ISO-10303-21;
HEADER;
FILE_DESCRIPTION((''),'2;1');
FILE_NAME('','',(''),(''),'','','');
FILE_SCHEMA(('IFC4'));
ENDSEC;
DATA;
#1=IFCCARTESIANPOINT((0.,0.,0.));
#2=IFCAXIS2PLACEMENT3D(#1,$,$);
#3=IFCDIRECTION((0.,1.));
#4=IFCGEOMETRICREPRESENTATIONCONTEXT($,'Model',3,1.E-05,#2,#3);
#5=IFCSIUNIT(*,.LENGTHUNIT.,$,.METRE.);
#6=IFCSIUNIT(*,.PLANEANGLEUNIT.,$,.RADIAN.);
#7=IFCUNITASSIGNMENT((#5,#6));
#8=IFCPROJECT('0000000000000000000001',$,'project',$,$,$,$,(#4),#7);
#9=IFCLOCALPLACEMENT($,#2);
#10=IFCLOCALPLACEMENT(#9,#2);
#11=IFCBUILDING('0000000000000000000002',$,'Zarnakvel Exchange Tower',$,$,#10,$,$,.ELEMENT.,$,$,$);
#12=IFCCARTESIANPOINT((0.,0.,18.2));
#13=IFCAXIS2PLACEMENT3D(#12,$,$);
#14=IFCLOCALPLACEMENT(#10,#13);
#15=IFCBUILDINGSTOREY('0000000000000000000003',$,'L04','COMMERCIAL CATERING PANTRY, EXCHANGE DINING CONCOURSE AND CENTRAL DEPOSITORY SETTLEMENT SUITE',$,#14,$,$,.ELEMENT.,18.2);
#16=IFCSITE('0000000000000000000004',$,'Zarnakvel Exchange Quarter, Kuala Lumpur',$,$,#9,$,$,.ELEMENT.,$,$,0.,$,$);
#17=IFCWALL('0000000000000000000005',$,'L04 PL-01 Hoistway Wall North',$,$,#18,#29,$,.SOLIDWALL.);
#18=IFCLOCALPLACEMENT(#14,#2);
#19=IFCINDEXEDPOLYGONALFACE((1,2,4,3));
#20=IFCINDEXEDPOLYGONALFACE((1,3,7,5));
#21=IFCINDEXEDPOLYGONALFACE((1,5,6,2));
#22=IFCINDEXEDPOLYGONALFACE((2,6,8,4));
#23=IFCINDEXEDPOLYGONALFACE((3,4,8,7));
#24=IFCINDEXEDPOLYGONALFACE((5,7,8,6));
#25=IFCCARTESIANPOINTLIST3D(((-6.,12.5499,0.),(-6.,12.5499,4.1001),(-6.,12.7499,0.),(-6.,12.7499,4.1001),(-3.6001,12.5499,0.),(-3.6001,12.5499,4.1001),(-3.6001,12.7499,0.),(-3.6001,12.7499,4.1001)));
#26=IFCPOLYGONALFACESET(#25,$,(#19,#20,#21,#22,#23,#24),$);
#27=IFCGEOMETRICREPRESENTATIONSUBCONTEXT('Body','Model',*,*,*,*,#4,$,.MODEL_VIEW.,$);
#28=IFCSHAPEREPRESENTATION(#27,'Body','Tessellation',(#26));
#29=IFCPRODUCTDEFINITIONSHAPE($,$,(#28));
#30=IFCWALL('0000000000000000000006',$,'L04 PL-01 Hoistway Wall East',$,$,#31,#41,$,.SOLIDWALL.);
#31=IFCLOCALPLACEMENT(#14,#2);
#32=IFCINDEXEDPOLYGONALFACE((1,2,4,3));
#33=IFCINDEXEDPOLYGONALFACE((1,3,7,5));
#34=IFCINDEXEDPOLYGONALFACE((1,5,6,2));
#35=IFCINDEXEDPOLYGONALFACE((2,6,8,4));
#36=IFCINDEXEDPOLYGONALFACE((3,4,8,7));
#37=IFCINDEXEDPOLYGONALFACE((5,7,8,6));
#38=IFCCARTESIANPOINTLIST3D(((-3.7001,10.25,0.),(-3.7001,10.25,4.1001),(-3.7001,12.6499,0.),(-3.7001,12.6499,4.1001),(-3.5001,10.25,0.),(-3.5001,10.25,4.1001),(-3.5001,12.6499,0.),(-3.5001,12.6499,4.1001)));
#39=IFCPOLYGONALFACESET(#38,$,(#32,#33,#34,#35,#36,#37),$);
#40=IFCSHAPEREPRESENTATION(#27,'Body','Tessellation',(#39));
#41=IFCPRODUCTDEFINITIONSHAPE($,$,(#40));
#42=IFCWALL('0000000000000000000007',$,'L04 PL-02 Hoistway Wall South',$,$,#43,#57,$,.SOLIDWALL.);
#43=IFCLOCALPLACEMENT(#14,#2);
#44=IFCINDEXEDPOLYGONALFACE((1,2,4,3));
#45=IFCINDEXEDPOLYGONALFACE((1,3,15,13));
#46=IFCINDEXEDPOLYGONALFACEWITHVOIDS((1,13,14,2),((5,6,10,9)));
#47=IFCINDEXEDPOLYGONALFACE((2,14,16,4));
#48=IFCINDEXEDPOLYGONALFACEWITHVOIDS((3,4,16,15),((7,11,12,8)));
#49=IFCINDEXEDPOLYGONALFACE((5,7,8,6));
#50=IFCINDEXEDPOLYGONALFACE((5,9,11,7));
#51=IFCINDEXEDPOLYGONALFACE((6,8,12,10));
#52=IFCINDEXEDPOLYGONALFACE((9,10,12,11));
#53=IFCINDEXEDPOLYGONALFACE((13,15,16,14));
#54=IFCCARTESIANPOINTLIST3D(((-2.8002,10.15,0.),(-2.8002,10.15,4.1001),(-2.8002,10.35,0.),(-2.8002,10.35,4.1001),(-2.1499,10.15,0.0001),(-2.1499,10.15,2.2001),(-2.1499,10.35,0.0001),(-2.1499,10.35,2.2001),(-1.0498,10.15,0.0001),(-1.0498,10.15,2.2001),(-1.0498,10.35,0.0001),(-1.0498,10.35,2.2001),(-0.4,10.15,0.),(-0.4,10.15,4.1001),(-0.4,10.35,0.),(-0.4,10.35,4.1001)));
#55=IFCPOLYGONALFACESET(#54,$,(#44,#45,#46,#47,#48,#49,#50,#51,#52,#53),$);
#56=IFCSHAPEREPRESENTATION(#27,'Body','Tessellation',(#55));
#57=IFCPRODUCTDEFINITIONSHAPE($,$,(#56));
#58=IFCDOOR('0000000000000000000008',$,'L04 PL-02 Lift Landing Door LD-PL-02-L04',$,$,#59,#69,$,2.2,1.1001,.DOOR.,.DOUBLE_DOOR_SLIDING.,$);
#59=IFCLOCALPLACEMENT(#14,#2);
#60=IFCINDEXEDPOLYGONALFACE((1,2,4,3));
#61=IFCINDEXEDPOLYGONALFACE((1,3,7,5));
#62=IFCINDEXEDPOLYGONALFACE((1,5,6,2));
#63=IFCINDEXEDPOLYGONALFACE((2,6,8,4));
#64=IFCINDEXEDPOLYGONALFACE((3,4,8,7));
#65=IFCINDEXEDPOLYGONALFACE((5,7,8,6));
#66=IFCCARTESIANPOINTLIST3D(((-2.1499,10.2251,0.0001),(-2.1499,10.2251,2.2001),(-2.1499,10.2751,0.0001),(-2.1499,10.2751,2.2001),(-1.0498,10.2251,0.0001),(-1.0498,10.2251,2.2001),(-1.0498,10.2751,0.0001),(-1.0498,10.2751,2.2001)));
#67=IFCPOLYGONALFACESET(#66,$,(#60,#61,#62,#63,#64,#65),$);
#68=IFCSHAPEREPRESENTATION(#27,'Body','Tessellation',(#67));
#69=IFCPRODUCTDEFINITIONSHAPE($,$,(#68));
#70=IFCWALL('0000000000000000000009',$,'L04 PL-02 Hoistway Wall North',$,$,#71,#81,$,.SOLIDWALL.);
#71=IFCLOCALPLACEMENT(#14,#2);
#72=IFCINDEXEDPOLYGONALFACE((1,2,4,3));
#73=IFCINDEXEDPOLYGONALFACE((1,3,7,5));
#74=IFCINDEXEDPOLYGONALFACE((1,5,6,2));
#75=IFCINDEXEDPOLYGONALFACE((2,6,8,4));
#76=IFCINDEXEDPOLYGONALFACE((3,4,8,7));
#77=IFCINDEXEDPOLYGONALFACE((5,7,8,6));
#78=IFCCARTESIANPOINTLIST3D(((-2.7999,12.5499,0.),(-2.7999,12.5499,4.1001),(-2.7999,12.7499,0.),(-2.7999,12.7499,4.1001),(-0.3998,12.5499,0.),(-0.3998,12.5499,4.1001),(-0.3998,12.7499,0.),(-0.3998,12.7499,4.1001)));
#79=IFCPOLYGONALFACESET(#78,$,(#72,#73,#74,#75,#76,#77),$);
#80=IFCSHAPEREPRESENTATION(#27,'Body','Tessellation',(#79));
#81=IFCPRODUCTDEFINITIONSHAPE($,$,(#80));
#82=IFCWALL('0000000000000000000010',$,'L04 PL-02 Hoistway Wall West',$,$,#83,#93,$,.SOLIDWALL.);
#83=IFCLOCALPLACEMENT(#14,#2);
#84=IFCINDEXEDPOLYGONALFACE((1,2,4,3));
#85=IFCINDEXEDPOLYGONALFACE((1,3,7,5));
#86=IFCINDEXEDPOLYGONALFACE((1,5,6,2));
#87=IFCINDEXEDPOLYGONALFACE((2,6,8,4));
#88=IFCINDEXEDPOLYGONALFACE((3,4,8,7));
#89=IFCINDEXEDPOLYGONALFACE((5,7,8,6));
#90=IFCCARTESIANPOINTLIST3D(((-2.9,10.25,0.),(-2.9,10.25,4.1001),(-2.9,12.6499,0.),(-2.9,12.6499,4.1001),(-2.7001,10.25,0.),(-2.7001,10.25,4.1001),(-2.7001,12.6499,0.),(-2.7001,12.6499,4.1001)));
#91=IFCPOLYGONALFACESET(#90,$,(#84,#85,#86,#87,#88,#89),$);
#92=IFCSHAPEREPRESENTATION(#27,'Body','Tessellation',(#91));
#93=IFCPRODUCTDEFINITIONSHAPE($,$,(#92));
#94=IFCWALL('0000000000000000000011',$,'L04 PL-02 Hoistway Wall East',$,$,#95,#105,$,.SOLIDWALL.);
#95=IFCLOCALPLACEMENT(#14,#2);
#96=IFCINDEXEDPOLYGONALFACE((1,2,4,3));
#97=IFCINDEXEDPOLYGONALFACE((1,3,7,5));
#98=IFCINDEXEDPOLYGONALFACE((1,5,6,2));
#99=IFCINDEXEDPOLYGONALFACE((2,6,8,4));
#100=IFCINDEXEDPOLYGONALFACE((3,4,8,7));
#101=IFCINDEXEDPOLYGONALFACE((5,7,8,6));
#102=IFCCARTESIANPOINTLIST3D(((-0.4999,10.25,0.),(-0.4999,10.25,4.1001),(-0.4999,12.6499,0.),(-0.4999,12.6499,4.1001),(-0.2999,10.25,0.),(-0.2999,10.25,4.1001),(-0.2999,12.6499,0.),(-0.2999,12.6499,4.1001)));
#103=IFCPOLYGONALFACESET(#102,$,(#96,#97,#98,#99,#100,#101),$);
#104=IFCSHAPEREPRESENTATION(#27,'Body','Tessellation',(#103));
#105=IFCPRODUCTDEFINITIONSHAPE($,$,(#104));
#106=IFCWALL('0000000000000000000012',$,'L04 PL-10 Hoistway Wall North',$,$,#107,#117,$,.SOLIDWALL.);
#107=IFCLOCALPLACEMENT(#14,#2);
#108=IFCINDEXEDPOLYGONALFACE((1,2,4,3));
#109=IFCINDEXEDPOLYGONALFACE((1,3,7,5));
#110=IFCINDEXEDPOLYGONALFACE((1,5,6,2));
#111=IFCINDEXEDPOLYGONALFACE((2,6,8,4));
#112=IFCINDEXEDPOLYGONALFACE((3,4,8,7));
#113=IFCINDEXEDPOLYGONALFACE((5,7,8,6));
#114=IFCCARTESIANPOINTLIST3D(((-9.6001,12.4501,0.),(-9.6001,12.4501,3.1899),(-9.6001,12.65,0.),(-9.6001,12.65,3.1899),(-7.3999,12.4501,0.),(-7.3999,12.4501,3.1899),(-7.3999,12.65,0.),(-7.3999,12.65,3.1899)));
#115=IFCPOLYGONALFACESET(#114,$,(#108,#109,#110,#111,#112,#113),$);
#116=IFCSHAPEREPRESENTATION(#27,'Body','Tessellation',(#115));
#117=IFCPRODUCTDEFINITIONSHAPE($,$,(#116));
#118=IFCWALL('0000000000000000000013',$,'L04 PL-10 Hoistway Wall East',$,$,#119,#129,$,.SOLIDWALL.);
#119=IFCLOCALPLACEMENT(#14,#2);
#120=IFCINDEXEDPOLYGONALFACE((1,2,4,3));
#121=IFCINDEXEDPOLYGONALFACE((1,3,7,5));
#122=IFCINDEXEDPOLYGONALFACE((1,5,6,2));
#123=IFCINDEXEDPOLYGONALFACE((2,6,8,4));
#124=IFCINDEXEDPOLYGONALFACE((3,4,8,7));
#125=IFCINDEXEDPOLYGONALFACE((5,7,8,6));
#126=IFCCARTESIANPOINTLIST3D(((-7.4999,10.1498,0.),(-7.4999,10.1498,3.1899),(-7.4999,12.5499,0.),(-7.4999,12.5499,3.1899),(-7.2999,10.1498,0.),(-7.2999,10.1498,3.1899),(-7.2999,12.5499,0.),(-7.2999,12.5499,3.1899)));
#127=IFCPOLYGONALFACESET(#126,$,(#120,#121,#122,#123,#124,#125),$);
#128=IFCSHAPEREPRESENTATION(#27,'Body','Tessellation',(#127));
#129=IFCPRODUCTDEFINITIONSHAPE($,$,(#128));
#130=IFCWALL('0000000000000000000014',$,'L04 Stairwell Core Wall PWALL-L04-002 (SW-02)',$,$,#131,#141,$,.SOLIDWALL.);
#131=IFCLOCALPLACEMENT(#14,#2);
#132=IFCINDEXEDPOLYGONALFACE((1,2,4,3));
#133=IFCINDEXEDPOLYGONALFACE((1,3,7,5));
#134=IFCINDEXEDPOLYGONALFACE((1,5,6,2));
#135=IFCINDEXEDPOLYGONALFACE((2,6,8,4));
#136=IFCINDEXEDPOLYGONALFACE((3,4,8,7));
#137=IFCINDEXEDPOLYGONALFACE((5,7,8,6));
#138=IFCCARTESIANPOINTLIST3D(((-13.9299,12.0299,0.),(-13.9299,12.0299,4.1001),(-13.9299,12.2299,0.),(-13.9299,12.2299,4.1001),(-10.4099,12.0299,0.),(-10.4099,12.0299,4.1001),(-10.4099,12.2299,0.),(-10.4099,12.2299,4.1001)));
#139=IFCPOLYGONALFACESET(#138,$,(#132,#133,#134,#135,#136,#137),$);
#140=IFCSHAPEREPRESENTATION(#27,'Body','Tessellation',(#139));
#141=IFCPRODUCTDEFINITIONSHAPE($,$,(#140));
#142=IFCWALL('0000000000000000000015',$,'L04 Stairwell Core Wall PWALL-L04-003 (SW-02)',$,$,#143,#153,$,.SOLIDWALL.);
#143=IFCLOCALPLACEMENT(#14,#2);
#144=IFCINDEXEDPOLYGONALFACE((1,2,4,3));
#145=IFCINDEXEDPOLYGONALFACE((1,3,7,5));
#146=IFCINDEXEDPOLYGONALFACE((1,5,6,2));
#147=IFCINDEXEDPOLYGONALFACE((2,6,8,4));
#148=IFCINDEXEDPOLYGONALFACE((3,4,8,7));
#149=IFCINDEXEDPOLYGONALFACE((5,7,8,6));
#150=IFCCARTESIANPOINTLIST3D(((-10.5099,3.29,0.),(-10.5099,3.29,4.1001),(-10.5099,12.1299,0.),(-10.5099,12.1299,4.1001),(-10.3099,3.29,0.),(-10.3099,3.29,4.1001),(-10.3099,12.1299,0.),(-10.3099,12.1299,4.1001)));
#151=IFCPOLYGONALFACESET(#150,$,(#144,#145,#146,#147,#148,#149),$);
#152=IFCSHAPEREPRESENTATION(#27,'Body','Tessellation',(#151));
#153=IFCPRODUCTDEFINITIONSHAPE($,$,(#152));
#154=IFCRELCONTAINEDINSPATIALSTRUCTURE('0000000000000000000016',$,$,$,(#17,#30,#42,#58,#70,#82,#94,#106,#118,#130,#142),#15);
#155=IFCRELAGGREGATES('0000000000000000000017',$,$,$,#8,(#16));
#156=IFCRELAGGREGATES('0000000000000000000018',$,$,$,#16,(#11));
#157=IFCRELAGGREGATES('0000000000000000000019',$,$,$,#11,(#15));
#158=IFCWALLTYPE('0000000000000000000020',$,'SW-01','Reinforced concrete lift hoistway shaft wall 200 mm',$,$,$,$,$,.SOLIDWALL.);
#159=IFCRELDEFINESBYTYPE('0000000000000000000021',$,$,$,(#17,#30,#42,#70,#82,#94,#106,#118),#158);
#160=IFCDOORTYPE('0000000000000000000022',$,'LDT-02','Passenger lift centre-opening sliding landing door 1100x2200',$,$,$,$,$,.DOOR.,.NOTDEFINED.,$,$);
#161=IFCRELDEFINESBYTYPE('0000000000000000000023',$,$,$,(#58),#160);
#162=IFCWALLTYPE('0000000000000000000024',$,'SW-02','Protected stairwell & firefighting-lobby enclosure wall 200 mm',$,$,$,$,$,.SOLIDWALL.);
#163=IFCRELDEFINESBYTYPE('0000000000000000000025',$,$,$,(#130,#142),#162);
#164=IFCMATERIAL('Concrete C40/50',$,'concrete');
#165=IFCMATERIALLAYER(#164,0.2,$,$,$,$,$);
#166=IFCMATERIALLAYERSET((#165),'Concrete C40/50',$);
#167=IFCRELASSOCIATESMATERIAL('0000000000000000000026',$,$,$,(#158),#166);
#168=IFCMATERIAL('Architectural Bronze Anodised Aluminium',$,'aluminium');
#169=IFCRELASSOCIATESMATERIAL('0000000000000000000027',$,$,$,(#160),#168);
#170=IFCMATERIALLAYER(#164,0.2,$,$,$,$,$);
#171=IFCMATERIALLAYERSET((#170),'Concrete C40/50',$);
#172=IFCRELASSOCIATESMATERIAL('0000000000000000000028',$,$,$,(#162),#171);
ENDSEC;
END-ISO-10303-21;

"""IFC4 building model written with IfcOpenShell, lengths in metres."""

from ifc_helpers import new_model, si_unit, direction, frame, frame_2d, origin, place, context, subcontext, project, spatial, rectangle, extrude, source, transform, mapped, material, layer, layer_set, type_object, element, fill, save


model = new_model("IFC4")

# Units and contexts
model_context = context("Model", 3, precision=1e-05, world=origin(), true_north=direction((0.0, 1.0)))
body_context = subcontext(model_context, "Body", "Model", "MODEL_VIEW")
ifc_project = project(units=[si_unit("LENGTHUNIT", "METRE"), si_unit("PLANEANGLEUNIT", "RADIAN")], contexts=[model_context])

# Site, building, storey
site_placement = place(None, origin())
site = spatial("IfcSite", under=ifc_project, at=site_placement, Name="Zarnakvel Exchange Quarter, Kuala Lumpur", CompositionType="ELEMENT", RefElevation=0.0)
building_placement = place(site_placement, origin())
building = spatial("IfcBuilding", under=site, at=building_placement, Name="Zarnakvel Exchange Tower", CompositionType="ELEMENT")
storey_placement = place(building_placement, frame((0.0, 0.0, 18.2)))
storey = spatial("IfcBuildingStorey", under=building, at=storey_placement, Name="L04", Description="COMMERCIAL CATERING PANTRY, EXCHANGE DINING CONCOURSE AND CENTRAL DEPOSITORY SETTLEMENT SUITE", CompositionType="ELEMENT", Elevation=18.2)

# Shared definitions
ifc_material_1 = material(Name="Architectural Bronze Anodised Aluminium", Category="aluminium")

# Walls
ifc_material_2 = material(Name="Concrete C40/50", Category="concrete")
ifc_layer_1 = layer(ifc_material_2, 0.2)
ifc_layer_set_1 = layer_set([ifc_layer_1], Name="Concrete C40/50")
wall_type_1 = type_object("IfcWallType", Name="SW-01", Description="Reinforced concrete lift hoistway shaft wall 200 mm", PredefinedType="SOLIDWALL", material=ifc_layer_set_1)
for number, where, z_axis, x_axis, name in (
    (1, (-6.0, 12.6499, 0.0), (0.0, 0.0, 1.0), (1.0, 0.0, 0.0), "L04 PL-01 Hoistway Wall North"),
    (2, (-3.6001, 12.6499, 0.0), (0.0, 0.0, 1.0), (0.0, -1.0, 0.0), "L04 PL-01 Hoistway Wall East"),
):
    element("IfcWall", number, at=place(storey_placement, frame(where, z_axis=z_axis, x_axis=x_axis)), inside=storey, type_object=wall_type_1, Name=name, PredefinedType="SOLIDWALL", context=body_context, shape_type="SweptSolid", body=[
        extrude(rectangle(XDim=2.3999, YDim=0.2, at=frame_2d((1.2, 0.0))), origin(), (0.0, 0.0, 1.0), 4.1001),
    ])

# Wall, opening, door
wall_1_placement = place(storey_placement, frame((-0.3999, 10.25, 0.0), z_axis=(0.0, 0.0, 1.0), x_axis=(-1.0, 0.0, 0.0)))
wall_1 = element("IfcWall", 3, at=wall_1_placement, inside=storey, type_object=wall_type_1, Name="L04 PL-02 Hoistway Wall South", PredefinedType="SOLIDWALL", context=body_context, shape_type="SweptSolid", body=[
    extrude(rectangle(XDim=2.4001, YDim=0.2, at=frame_2d((1.2002, 0.0))), origin(), (0.0, 0.0, 1.0), 4.1001),
])
opening_placement = place(wall_1_placement, frame((0.6499, 0.0, 0.0)))
opening = element("IfcOpeningElement", 4, at=opening_placement, cuts=wall_1, PredefinedType="OPENING", context=body_context, shape_type="SweptSolid", body=[
    extrude(rectangle(XDim=1.1001, YDim=2.2, at=frame_2d((0.55, 1.1001))), frame((0.0, 0.1099, 0.0), z_axis=(0.0, -1.0, 0.0), x_axis=(1.0, 0.0, 0.0)), (0.0, 0.0, 1.0), 0.22),
])
door_type = type_object("IfcDoorType", Name="LDT-02", Description="Passenger lift centre-opening sliding landing door 1100x2200", OperationType="NOTDEFINED", PredefinedType="DOOR", material=ifc_material_1)
shared_shape_1 = source(origin(), body_context, "Body", "SweptSolid", [
    extrude(rectangle(XDim=1.1001, YDim=2.2, at=frame_2d((0.55, 1.1001))), frame((0.0, 0.0249, 0.0), z_axis=(0.0, -1.0, 0.0), x_axis=(1.0, 0.0, 0.0)), (0.0, 0.0, 1.0), 0.05),
])
door_placement = place(opening_placement, origin())
door = element("IfcDoor", 5, at=door_placement, inside=storey, type_object=door_type, Name="L04 PL-02 Lift Landing Door LD-PL-02-L04", OperationType="DOUBLE_DOOR_SLIDING", OverallHeight=2.2, OverallWidth=1.1001, PredefinedType="DOOR", context=body_context, shape_type="MappedRepresentation", body=[
    mapped(shared_shape_1, transform((0.0, 0.0, 0.0), x_axis=(1.0, 0.0, 0.0), y_axis=(0.0, 1.0, 0.0), z_axis=(0.0, 0.0, 1.0), scale=1.0)),
])
fill(opening, door)

# Walls
wall_2_placement = place(storey_placement, frame((-2.8, 12.6499, 0.0), z_axis=(0.0, 0.0, 1.0), x_axis=(1.0, 0.0, 0.0)))
element("IfcWall", 6, at=wall_2_placement, inside=storey, type_object=wall_type_1, Name="L04 PL-02 Hoistway Wall North", PredefinedType="SOLIDWALL", context=body_context, shape_type="SweptSolid", body=[
    extrude(rectangle(XDim=2.4001, YDim=0.2, at=frame_2d((1.2002, 0.0))), origin(), (0.0, 0.0, 1.0), 4.1001),
])
for number, where, z_axis, x_axis, name in (
    (7, (-2.8, 10.25, 0.0), (0.0, 0.0, 1.0), (0.0, 1.0, 0.0), "L04 PL-02 Hoistway Wall West"),
    (8, (-0.3999, 12.6499, 0.0), (0.0, 0.0, 1.0), (0.0, -1.0, 0.0), "L04 PL-02 Hoistway Wall East"),
):
    element("IfcWall", number, at=place(storey_placement, frame(where, z_axis=z_axis, x_axis=x_axis)), inside=storey, type_object=wall_type_1, Name=name, PredefinedType="SOLIDWALL", context=body_context, shape_type="SweptSolid", body=[
        extrude(rectangle(XDim=2.3999, YDim=0.2, at=frame_2d((1.2, 0.0))), origin(), (0.0, 0.0, 1.0), 4.1001),
    ])
wall_3_placement = place(storey_placement, frame((-9.6001, 12.55, 0.0), z_axis=(0.0, 0.0, 1.0), x_axis=(1.0, 0.0, 0.0)))
element("IfcWall", 9, at=wall_3_placement, inside=storey, type_object=wall_type_1, Name="L04 PL-10 Hoistway Wall North", PredefinedType="SOLIDWALL", context=body_context, shape_type="SweptSolid", body=[
    extrude(rectangle(XDim=2.2002, YDim=0.2, at=frame_2d((1.1001, 0.0))), origin(), (0.0, 0.0, 1.0), 3.1899),
])
wall_4_placement = place(storey_placement, frame((-7.3999, 12.55, 0.0), z_axis=(0.0, 0.0, 1.0), x_axis=(0.0, -1.0, 0.0)))
element("IfcWall", 10, at=wall_4_placement, inside=storey, type_object=wall_type_1, Name="L04 PL-10 Hoistway Wall East", PredefinedType="SOLIDWALL", context=body_context, shape_type="SweptSolid", body=[
    extrude(rectangle(XDim=2.4001, YDim=0.2, at=frame_2d((1.2002, 0.0))), origin(), (0.0, 0.0, 1.0), 3.1899),
])
ifc_layer_2 = layer(ifc_material_2, 0.2)
ifc_layer_set_2 = layer_set([ifc_layer_2], Name="Concrete C40/50")
wall_type_2 = type_object("IfcWallType", Name="SW-02", Description="Protected stairwell & firefighting-lobby enclosure wall 200 mm", PredefinedType="SOLIDWALL", material=ifc_layer_set_2)
wall_5_placement = place(storey_placement, frame((-13.9299, 12.1299, 0.0), z_axis=(0.0, 0.0, 1.0), x_axis=(1.0, 0.0, 0.0)))
element("IfcWall", 11, at=wall_5_placement, inside=storey, type_object=wall_type_2, Name="L04 Stairwell Core Wall PWALL-L04-002 (SW-02)", PredefinedType="SOLIDWALL", context=body_context, shape_type="SweptSolid", body=[
    extrude(rectangle(XDim=3.52, YDim=0.2, at=frame_2d((1.76, 0.0))), origin(), (0.0, 0.0, 1.0), 4.1001),
])
wall_6_placement = place(storey_placement, frame((-10.4099, 12.1299, 0.0), z_axis=(0.0, 0.0, 1.0), x_axis=(0.0, -1.0, 0.0)))
element("IfcWall", 12, at=wall_6_placement, inside=storey, type_object=wall_type_2, Name="L04 Stairwell Core Wall PWALL-L04-003 (SW-02)", PredefinedType="SOLIDWALL", context=body_context, shape_type="SweptSolid", body=[
    extrude(rectangle(XDim=8.8398, YDim=0.2, at=frame_2d((4.4199, 0.0))), origin(), (0.0, 0.0, 1.0), 4.1001),
])

save(model, "model.ifc")
